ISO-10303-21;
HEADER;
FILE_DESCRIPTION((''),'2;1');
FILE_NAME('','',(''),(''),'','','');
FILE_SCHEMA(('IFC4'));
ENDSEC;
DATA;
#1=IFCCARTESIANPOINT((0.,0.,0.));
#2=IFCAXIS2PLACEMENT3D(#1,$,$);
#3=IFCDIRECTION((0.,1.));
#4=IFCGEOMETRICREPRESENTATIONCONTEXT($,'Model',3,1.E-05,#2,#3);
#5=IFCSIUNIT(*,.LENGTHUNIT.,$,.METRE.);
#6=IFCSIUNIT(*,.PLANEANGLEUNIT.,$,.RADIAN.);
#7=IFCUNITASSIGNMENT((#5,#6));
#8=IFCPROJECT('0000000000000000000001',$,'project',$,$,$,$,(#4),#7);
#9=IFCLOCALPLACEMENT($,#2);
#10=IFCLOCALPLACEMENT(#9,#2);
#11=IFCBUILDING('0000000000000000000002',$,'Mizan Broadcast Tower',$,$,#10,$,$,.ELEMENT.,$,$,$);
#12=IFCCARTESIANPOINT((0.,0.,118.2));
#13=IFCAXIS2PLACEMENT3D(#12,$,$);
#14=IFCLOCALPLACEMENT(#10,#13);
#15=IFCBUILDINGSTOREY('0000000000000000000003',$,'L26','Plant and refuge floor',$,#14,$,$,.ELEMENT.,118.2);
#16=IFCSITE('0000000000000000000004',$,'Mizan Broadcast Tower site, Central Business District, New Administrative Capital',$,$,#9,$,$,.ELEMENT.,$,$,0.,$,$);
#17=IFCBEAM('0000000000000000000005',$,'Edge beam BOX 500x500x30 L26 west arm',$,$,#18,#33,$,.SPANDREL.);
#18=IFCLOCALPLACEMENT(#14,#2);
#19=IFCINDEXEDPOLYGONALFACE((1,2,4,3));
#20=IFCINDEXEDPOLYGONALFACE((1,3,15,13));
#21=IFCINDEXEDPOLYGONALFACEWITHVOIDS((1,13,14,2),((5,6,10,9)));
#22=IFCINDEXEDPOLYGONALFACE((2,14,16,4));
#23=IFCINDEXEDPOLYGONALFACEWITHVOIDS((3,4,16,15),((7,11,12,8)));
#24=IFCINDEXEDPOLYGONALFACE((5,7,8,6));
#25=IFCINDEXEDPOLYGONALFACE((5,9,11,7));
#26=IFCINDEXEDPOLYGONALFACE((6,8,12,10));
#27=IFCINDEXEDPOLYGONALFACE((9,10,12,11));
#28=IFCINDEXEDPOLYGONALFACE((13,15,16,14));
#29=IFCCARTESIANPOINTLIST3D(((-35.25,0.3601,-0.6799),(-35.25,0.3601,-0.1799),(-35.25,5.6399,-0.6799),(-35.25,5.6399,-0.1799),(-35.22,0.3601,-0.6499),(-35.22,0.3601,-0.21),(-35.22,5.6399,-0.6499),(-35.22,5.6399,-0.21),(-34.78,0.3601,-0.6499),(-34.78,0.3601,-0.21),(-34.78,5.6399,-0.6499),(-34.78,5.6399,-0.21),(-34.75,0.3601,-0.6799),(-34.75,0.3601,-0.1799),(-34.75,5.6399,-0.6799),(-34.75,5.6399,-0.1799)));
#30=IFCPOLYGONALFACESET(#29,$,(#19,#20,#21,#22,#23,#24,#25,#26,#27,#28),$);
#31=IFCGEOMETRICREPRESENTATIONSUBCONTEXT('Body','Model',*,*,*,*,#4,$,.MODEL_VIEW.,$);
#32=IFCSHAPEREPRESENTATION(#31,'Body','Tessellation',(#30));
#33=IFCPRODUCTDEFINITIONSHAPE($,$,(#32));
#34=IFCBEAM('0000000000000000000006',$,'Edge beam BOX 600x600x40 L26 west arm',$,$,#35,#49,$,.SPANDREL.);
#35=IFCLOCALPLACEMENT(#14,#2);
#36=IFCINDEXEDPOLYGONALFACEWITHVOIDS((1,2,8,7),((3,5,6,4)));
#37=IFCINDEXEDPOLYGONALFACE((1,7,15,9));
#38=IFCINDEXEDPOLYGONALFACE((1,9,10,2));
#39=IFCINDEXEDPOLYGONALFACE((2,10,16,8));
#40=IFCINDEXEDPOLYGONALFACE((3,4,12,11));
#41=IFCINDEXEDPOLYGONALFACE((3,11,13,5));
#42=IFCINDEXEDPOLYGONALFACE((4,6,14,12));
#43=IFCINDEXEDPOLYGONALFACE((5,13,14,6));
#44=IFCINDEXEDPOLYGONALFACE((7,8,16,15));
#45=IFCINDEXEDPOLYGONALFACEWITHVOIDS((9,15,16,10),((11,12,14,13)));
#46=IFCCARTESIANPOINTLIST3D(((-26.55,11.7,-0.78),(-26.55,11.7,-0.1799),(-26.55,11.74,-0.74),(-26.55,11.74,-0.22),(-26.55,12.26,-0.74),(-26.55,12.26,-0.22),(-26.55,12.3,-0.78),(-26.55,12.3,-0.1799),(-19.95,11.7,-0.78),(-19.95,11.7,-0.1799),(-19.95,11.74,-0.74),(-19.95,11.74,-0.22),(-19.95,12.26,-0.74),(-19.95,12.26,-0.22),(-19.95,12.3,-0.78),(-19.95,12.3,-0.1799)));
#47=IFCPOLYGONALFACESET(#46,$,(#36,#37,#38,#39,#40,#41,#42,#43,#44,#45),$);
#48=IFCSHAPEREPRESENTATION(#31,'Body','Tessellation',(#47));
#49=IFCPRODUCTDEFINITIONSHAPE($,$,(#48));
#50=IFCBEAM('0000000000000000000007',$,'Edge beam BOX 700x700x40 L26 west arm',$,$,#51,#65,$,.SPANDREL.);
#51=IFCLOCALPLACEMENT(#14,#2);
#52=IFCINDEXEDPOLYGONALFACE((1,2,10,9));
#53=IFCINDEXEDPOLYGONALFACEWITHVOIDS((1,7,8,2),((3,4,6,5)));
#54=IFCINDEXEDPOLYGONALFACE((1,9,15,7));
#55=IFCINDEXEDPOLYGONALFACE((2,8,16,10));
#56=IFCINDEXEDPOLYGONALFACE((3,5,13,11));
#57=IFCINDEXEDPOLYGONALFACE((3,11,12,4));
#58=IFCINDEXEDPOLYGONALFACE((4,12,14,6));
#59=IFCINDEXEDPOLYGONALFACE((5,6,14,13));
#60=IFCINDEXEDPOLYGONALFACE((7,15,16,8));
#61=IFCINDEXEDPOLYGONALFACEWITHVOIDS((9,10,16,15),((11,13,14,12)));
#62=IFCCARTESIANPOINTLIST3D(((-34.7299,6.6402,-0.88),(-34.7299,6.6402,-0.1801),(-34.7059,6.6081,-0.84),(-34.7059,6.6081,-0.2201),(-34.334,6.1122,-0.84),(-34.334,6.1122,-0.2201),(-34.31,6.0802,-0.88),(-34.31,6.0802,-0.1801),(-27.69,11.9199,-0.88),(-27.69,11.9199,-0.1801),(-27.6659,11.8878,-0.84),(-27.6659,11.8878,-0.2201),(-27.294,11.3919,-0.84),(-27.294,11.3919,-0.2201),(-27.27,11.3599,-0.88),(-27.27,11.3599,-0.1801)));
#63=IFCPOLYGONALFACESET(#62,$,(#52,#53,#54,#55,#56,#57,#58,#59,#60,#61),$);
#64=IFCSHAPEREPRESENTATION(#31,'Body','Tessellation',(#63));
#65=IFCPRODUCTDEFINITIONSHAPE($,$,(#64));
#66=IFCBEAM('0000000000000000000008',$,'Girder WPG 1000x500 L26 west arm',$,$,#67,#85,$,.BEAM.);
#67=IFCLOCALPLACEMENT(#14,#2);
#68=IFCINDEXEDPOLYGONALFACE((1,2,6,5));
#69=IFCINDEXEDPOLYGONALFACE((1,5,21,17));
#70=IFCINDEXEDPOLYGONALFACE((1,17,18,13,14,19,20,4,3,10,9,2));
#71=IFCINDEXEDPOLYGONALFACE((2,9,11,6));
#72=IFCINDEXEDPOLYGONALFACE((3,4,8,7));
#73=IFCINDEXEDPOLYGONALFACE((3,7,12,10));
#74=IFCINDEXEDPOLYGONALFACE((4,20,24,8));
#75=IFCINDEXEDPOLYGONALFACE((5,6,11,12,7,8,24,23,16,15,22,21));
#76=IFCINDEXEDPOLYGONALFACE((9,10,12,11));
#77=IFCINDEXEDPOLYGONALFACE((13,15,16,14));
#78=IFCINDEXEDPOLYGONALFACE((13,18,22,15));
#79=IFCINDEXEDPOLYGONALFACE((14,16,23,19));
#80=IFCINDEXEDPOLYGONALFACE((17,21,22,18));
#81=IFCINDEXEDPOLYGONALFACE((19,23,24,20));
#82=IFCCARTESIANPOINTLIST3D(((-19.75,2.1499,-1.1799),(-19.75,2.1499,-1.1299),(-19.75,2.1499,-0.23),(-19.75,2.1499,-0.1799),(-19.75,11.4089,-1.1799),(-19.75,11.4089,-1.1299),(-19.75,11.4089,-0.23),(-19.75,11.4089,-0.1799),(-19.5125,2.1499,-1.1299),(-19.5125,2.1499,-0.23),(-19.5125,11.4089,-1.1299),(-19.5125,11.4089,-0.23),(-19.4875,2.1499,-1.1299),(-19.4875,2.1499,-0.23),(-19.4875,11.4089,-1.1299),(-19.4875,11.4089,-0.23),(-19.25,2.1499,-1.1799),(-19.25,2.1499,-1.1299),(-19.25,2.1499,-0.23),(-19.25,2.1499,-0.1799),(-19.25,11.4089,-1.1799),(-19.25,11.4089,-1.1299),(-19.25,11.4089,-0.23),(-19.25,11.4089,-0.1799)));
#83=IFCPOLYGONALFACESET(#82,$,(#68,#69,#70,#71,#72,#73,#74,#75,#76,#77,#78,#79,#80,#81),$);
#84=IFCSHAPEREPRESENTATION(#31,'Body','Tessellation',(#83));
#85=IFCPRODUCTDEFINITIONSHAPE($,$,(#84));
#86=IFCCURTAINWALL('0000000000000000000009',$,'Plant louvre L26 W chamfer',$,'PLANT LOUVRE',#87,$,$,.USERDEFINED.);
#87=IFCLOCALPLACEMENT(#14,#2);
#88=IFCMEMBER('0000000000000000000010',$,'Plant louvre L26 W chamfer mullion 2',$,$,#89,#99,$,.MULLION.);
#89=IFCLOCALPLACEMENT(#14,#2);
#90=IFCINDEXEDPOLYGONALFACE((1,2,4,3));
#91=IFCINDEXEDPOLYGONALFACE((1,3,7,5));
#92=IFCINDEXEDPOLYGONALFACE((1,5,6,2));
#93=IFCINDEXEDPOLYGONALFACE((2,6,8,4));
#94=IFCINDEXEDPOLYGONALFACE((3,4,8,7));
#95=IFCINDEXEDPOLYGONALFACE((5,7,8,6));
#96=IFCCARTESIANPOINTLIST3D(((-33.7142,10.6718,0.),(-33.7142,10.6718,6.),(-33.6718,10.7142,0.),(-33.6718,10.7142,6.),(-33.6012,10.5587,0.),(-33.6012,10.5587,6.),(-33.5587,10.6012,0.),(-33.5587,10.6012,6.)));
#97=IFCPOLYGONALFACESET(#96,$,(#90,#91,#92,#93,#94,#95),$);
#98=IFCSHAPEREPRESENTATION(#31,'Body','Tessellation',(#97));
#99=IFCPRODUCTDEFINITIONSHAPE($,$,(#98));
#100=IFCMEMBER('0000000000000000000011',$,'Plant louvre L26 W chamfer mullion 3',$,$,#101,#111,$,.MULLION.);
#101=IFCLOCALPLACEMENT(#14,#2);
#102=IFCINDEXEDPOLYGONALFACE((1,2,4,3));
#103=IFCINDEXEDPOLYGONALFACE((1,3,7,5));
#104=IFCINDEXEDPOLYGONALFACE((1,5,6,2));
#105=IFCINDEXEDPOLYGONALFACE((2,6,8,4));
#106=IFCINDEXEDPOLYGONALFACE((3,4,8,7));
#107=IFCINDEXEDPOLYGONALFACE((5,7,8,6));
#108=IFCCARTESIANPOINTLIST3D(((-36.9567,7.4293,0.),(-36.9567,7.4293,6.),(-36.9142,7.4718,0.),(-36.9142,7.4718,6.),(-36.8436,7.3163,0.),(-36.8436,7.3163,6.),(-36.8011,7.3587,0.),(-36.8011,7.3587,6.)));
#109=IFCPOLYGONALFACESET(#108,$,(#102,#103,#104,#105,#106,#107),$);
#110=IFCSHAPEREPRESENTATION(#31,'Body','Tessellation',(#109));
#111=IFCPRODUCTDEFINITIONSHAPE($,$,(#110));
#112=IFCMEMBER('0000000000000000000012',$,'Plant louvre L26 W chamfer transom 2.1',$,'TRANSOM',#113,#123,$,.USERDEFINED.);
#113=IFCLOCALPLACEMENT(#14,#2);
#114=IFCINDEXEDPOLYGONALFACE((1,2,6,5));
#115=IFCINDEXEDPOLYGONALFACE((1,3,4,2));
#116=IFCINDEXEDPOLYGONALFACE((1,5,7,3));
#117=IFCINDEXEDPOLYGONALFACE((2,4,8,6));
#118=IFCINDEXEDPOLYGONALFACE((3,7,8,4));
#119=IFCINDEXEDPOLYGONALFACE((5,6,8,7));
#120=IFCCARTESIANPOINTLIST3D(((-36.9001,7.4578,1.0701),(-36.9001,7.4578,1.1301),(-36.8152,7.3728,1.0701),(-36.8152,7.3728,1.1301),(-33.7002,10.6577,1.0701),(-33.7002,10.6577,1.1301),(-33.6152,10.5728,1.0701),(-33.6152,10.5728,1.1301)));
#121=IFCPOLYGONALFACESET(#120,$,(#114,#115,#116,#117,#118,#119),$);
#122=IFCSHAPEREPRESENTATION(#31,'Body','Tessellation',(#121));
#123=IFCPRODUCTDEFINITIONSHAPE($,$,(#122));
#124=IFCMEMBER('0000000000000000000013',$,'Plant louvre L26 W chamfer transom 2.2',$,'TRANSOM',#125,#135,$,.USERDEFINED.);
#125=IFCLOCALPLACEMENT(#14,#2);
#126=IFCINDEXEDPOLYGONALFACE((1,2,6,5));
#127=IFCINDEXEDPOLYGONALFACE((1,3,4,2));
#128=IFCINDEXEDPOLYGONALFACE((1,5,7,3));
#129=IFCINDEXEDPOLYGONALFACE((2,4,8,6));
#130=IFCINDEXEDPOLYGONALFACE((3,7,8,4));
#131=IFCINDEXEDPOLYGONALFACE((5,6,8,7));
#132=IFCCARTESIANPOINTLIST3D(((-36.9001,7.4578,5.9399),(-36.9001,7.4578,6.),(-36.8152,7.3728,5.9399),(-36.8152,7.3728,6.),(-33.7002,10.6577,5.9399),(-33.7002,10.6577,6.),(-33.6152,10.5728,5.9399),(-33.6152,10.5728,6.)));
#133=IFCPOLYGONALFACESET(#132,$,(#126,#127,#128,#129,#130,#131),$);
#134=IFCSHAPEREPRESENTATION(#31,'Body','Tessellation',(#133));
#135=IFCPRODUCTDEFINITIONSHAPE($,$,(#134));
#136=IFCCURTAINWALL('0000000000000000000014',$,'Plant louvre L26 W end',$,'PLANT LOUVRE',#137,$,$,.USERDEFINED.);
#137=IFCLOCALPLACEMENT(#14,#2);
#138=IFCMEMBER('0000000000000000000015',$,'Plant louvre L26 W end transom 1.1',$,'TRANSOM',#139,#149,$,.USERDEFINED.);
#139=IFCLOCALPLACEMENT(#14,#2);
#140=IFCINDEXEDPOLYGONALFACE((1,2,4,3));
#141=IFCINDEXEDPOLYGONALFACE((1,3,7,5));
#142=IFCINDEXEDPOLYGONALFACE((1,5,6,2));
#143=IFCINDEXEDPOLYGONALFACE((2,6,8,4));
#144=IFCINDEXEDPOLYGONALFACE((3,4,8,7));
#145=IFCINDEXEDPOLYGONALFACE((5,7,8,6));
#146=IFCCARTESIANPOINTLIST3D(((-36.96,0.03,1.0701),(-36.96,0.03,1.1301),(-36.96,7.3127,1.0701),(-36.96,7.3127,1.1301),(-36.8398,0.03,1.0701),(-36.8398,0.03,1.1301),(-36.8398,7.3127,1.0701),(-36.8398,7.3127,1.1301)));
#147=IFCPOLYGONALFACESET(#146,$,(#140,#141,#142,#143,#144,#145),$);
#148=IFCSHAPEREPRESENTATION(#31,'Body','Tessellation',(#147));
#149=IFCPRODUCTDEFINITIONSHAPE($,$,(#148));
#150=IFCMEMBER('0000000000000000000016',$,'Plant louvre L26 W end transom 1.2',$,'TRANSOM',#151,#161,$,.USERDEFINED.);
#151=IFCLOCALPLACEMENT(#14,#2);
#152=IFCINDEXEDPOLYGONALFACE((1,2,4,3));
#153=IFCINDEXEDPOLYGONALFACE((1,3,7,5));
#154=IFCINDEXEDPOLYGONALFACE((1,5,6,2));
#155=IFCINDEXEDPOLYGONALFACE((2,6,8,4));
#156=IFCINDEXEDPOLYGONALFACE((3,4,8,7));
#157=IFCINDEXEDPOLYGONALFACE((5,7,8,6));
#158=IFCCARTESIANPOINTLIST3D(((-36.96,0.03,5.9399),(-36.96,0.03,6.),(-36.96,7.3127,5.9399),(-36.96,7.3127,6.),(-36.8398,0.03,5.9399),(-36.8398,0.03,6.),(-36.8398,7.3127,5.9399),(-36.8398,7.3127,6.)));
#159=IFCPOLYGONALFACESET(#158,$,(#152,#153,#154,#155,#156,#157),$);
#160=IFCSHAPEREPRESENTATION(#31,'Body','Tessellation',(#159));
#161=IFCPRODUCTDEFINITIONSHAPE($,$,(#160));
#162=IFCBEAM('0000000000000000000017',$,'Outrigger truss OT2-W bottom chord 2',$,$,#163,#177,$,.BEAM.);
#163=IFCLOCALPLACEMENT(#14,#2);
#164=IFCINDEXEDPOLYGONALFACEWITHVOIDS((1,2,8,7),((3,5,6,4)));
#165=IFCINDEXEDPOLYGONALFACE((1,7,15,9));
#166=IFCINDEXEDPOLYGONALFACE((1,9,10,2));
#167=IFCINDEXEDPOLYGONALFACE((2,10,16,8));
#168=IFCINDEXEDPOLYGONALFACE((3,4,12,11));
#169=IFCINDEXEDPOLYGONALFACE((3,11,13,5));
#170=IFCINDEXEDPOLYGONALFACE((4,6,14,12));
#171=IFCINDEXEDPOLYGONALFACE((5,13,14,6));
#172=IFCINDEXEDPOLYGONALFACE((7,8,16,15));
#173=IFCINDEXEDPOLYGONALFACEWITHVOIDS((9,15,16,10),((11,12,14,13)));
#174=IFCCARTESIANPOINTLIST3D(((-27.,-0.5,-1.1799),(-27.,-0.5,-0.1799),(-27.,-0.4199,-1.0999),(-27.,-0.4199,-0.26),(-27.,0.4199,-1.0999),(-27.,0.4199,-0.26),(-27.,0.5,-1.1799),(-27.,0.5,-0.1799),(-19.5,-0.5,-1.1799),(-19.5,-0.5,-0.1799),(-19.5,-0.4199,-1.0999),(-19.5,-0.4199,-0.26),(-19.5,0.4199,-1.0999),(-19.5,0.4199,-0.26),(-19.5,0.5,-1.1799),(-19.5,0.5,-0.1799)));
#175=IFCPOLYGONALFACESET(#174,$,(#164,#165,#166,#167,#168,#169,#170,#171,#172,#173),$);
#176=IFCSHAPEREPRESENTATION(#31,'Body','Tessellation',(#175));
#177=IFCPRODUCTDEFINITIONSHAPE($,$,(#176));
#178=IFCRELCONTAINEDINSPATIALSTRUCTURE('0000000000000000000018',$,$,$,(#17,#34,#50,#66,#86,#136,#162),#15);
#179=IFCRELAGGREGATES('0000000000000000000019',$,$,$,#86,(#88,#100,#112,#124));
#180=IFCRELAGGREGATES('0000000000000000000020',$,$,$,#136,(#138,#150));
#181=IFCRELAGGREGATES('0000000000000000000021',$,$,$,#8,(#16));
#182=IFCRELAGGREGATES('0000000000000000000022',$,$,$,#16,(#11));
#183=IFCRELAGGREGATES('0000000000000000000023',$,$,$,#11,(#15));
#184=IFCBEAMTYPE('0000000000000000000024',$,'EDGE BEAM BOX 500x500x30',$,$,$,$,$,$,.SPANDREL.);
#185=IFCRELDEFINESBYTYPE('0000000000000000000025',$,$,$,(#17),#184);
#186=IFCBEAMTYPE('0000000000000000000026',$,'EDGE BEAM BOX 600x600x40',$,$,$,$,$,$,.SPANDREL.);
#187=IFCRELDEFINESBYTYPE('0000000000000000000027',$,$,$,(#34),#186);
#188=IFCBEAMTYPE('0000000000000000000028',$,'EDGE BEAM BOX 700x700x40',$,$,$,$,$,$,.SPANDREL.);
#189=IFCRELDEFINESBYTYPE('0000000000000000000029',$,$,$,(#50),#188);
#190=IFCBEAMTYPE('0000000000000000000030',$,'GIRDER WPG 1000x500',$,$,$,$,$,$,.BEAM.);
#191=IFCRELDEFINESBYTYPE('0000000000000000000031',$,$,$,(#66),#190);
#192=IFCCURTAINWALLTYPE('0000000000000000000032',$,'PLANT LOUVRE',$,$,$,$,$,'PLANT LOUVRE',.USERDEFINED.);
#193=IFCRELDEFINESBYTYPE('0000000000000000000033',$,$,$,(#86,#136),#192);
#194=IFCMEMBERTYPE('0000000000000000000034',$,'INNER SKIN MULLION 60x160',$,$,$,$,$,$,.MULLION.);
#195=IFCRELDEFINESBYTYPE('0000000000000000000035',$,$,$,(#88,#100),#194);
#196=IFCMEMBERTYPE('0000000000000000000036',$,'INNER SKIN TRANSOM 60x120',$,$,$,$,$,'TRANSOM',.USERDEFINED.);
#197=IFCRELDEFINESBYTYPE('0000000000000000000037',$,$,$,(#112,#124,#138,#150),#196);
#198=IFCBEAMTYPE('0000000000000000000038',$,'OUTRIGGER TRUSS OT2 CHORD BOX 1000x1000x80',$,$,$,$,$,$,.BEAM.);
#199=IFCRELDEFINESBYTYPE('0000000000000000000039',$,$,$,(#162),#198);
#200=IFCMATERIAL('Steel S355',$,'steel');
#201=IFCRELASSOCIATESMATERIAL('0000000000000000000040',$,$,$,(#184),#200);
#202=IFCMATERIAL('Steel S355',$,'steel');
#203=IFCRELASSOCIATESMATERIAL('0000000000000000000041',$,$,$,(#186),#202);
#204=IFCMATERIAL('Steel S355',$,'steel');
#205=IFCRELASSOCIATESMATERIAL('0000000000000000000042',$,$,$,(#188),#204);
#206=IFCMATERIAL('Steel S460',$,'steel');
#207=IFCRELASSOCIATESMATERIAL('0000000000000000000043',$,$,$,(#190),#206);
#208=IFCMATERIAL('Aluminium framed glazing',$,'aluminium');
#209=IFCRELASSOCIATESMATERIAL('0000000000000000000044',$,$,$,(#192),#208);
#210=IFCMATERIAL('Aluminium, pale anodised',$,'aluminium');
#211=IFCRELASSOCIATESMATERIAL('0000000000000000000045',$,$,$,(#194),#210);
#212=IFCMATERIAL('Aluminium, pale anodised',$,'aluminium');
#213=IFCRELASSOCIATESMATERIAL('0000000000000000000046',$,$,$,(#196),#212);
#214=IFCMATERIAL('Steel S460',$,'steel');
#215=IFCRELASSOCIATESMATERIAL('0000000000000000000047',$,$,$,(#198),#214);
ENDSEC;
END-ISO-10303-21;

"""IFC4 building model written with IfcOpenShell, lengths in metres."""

from ifc_helpers import new_model, si_unit, direction, frame, origin, origin_2d, place, context, subcontext, project, spatial, rectangle, hollow_rectangle, i_section, extrude, material, material_profile, profile_set, type_object, element, aggregate, save


model = new_model("IFC4")

# Units and contexts
model_context = context("Model", 3, precision=1e-05, world=origin(), true_north=direction((0.0, 1.0)))
body_context = subcontext(model_context, "Body", "Model", "MODEL_VIEW")
ifc_project = project(units=[si_unit("LENGTHUNIT", "METRE"), si_unit("PLANEANGLEUNIT", "RADIAN")], contexts=[model_context])

# Site, building, storey
site_placement = place(None, origin())
site = spatial("IfcSite", under=ifc_project, at=site_placement, Name="Mizan Broadcast Tower site, Central Business District, New Administrative Capital", CompositionType="ELEMENT", RefElevation=0.0)
building_placement = place(site_placement, origin())
building = spatial("IfcBuilding", under=site, at=building_placement, Name="Mizan Broadcast Tower", CompositionType="ELEMENT")
storey_placement = place(building_placement, frame((0.0, 0.0, 118.2)))
storey = spatial("IfcBuildingStorey", under=building, at=storey_placement, Name="L26", Description="Plant and refuge floor", CompositionType="ELEMENT", Elevation=118.2)

# Beams
ifc_material_1 = material(Name="Steel S355", Category="steel")
ifc_material_profile_1 = material_profile(ifc_material_1, hollow_rectangle(XDim=0.5, YDim=0.5, WallThickness=0.03, at=origin_2d()), Name="BOX 500x500x30")
ifc_profile_set_1 = profile_set([ifc_material_profile_1], Name="Steel S355")
beam_type_1 = type_object("IfcBeamType", Name="EDGE BEAM BOX 500x500x30", PredefinedType="SPANDREL", material=ifc_profile_set_1)
beam_1_placement = place(storey_placement, frame((-35.0, 5.6399, -0.4299), z_axis=(0.0, -1.0, 0.0), x_axis=(1.0, 0.0, 0.0)))
element("IfcBeam", 1, at=beam_1_placement, inside=storey, type_object=beam_type_1, Name="Edge beam BOX 500x500x30 L26 west arm", PredefinedType="SPANDREL", context=body_context, shape_type="SweptSolid", body=[
    extrude(hollow_rectangle(XDim=0.5, YDim=0.5, WallThickness=0.03, at=origin_2d()), origin(), (0.0, 0.0, 1.0), 5.2798),
])
ifc_material_2 = material(Name="Steel S355", Category="steel")
ifc_material_profile_2 = material_profile(ifc_material_2, hollow_rectangle(XDim=0.6001, YDim=0.6001, WallThickness=0.04, at=origin_2d()), Name="BOX 600x600x40")
ifc_profile_set_2 = profile_set([ifc_material_profile_2], Name="Steel S355")
beam_type_2 = type_object("IfcBeamType", Name="EDGE BEAM BOX 600x600x40", PredefinedType="SPANDREL", material=ifc_profile_set_2)
beam_2_placement = place(storey_placement, frame((-19.95, 12.0, -0.48), z_axis=(-1.0, 0.0, 0.0), x_axis=(0.0, -1.0, 0.0)))
element("IfcBeam", 2, at=beam_2_placement, inside=storey, type_object=beam_type_2, Name="Edge beam BOX 600x600x40 L26 west arm", PredefinedType="SPANDREL", context=body_context, shape_type="SweptSolid", body=[
    extrude(hollow_rectangle(XDim=0.6001, YDim=0.6001, WallThickness=0.04, at=origin_2d()), origin(), (0.0, 0.0, 1.0), 6.6001),
])
ifc_material_3 = material(Name="Steel S355", Category="steel")
ifc_material_profile_3 = material_profile(ifc_material_3, hollow_rectangle(XDim=0.7, YDim=0.7, WallThickness=0.04, at=origin_2d()), Name="BOX 700x700x40")
ifc_profile_set_3 = profile_set([ifc_material_profile_3], Name="Steel S355")
beam_type_3 = type_object("IfcBeamType", Name="EDGE BEAM BOX 700x700x40", PredefinedType="SPANDREL", material=ifc_profile_set_3)
beam_3_placement = place(storey_placement, frame((-27.48, 11.6399, -0.53), z_axis=(-0.800013, -0.599982, 0.0), x_axis=(0.599982, -0.800013, 0.0)))
element("IfcBeam", 3, at=beam_3_placement, inside=storey, type_object=beam_type_3, Name="Edge beam BOX 700x700x40 L26 west arm", PredefinedType="SPANDREL", context=body_context, shape_type="SweptSolid", body=[
    extrude(hollow_rectangle(XDim=0.7, YDim=0.7, WallThickness=0.04, at=origin_2d()), origin(), (0.0, 0.0, 1.0), 8.7998),
])
ifc_material_4 = material(Name="Steel S460", Category="steel")
ifc_material_profile_4 = material_profile(ifc_material_4, i_section(OverallWidth=0.5, OverallDepth=1.0, WebThickness=0.0249, FlangeThickness=0.05, at=origin_2d()), Name="WPG 1000x500")
ifc_profile_set_4 = profile_set([ifc_material_profile_4], Name="Steel S460")
beam_type_4 = type_object("IfcBeamType", Name="GIRDER WPG 1000x500", PredefinedType="BEAM", material=ifc_profile_set_4)
beam_4_placement = place(storey_placement, frame((-19.5, 11.4089, -0.6799), z_axis=(0.0, -1.0, 0.0), x_axis=(1.0, 0.0, 0.0)))
element("IfcBeam", 4, at=beam_4_placement, inside=storey, type_object=beam_type_4, Name="Girder WPG 1000x500 L26 west arm", PredefinedType="BEAM", context=body_context, shape_type="SweptSolid", body=[
    extrude(i_section(OverallWidth=0.5, OverallDepth=1.0, WebThickness=0.0249, FlangeThickness=0.05, at=origin_2d()), origin(), (0.0, 0.0, 1.0), 9.259),
])

# Curtain walls, members
ifc_material_5 = material(Name="Aluminium framed glazing", Category="aluminium")
curtain_wall_type = type_object("IfcCurtainWallType", Name="PLANT LOUVRE", ElementType="PLANT LOUVRE", PredefinedType="USERDEFINED", material=ifc_material_5)
curtain_wall_1_placement = place(storey_placement, origin())
curtain_wall_1 = element("IfcCurtainWall", 5, at=curtain_wall_1_placement, inside=storey, type_object=curtain_wall_type, Name="Plant louvre L26 W chamfer", ObjectType="PLANT LOUVRE", PredefinedType="USERDEFINED")
ifc_material_6 = material(Name="Aluminium, pale anodised", Category="aluminium")
ifc_material_profile_5 = material_profile(ifc_material_6, rectangle(XDim=0.1599, YDim=0.0601, at=origin_2d()), Name="MULLION 160x60")
ifc_profile_set_5 = profile_set([ifc_material_profile_5], Name="Aluminium, pale anodised")
member_type_1 = type_object("IfcMemberType", Name="INNER SKIN MULLION 60x160", PredefinedType="MULLION", material=ifc_profile_set_5)
member_1_placement = place(storey_placement, frame((-33.6365, 10.6365, 0.0), z_axis=(0.0, 0.0, 1.0), x_axis=(0.707107, -0.707107, 0.0)))
member_1 = element("IfcMember", 6, at=member_1_placement, type_object=member_type_1, Name="Plant louvre L26 W chamfer mullion 2", PredefinedType="MULLION", context=body_context, shape_type="SweptSolid", body=[
    extrude(rectangle(XDim=0.1599, YDim=0.0601, at=origin_2d()), origin(), (0.0, 0.0, 1.0), 6.0),
])
member_2_placement = place(storey_placement, frame((-36.8789, 7.394, 0.0), z_axis=(0.0, 0.0, 1.0), x_axis=(0.707107, -0.707107, 0.0)))
member_2 = element("IfcMember", 7, at=member_2_placement, type_object=member_type_1, Name="Plant louvre L26 W chamfer mullion 3", PredefinedType="MULLION", context=body_context, shape_type="SweptSolid", body=[
    extrude(rectangle(XDim=0.1599, YDim=0.0601, at=origin_2d()), origin(), (0.0, 0.0, 1.0), 6.0),
])
ifc_material_7 = material(Name="Aluminium, pale anodised", Category="aluminium")
ifc_material_profile_6 = material_profile(ifc_material_7, rectangle(XDim=0.1201, YDim=0.0601, at=origin_2d()), Name="TRANSOM 120x60")
ifc_profile_set_6 = profile_set([ifc_material_profile_6], Name="Aluminium, pale anodised")
member_type_2 = type_object("IfcMemberType", Name="INNER SKIN TRANSOM 60x120", ElementType="TRANSOM", PredefinedType="USERDEFINED", material=ifc_profile_set_6)
member_3_placement = place(storey_placement, frame((-33.6577, 10.6152, 1.1001), z_axis=(-0.707107, -0.707107, 0.0), x_axis=(0.707107, -0.707107, 0.0)))
member_3 = element("IfcMember", 8, at=member_3_placement, type_object=member_type_2, Name="Plant louvre L26 W chamfer transom 2.1", ObjectType="TRANSOM", PredefinedType="USERDEFINED", context=body_context, shape_type="SweptSolid", body=[
    extrude(rectangle(XDim=0.1201, YDim=0.0601, at=origin_2d()), origin(), (0.0, 0.0, 1.0), 4.5254),
])
member_4_placement = place(storey_placement, frame((-33.6577, 10.6152, 5.97), z_axis=(-0.707107, -0.707107, 0.0), x_axis=(0.707107, -0.707107, 0.0)))
member_4 = element("IfcMember", 9, at=member_4_placement, type_object=member_type_2, Name="Plant louvre L26 W chamfer transom 2.2", ObjectType="TRANSOM", PredefinedType="USERDEFINED", context=body_context, shape_type="SweptSolid", body=[
    extrude(rectangle(XDim=0.1201, YDim=0.0601, at=origin_2d()), origin(), (0.0, 0.0, 1.0), 4.5254),
])
curtain_wall_2_placement = place(storey_placement, origin())
curtain_wall_2 = element("IfcCurtainWall", 10, at=curtain_wall_2_placement, inside=storey, type_object=curtain_wall_type, Name="Plant louvre L26 W end", ObjectType="PLANT LOUVRE", PredefinedType="USERDEFINED")
member_5_placement = place(storey_placement, frame((-36.8999, 7.3127, 1.1001), z_axis=(0.0, -1.0, 0.0), x_axis=(1.0, 0.0, 0.0)))
member_5 = element("IfcMember", 11, at=member_5_placement, type_object=member_type_2, Name="Plant louvre L26 W end transom 1.1", ObjectType="TRANSOM", PredefinedType="USERDEFINED", context=body_context, shape_type="SweptSolid", body=[
    extrude(rectangle(XDim=0.1201, YDim=0.0601, at=origin_2d()), origin(), (0.0, 0.0, 1.0), 7.2827),
])
member_6_placement = place(storey_placement, frame((-36.8999, 7.3127, 5.97), z_axis=(0.0, -1.0, 0.0), x_axis=(1.0, 0.0, 0.0)))
member_6 = element("IfcMember", 12, at=member_6_placement, type_object=member_type_2, Name="Plant louvre L26 W end transom 1.2", ObjectType="TRANSOM", PredefinedType="USERDEFINED", context=body_context, shape_type="SweptSolid", body=[
    extrude(rectangle(XDim=0.1201, YDim=0.0601, at=origin_2d()), origin(), (0.0, 0.0, 1.0), 7.2827),
])

# Beam
ifc_material_8 = material(Name="Steel S460", Category="steel")
ifc_material_profile_7 = material_profile(ifc_material_8, hollow_rectangle(XDim=1.0, YDim=1.0, WallThickness=0.0801, at=origin_2d()), Name="BOX 1000x1000x80")
ifc_profile_set_7 = profile_set([ifc_material_profile_7], Name="Steel S460")
beam_type_5 = type_object("IfcBeamType", Name="OUTRIGGER TRUSS OT2 CHORD BOX 1000x1000x80", PredefinedType="BEAM", material=ifc_profile_set_7)
beam_5_placement = place(storey_placement, frame((-19.5, 0.0, -0.6799), z_axis=(-1.0, 0.0, 0.0), x_axis=(0.0, -1.0, 0.0)))
element("IfcBeam", 13, at=beam_5_placement, inside=storey, type_object=beam_type_5, Name="Outrigger truss OT2-W bottom chord 2", PredefinedType="BEAM", context=body_context, shape_type="SweptSolid", body=[
    extrude(hollow_rectangle(XDim=1.0, YDim=1.0, WallThickness=0.0801, at=origin_2d()), origin(), (0.0, 0.0, 1.0), 7.5),
])

aggregate(curtain_wall_1, [member_1, member_2, member_3, member_4])
aggregate(curtain_wall_2, [member_5, member_6])

save(model, "model.ifc")
